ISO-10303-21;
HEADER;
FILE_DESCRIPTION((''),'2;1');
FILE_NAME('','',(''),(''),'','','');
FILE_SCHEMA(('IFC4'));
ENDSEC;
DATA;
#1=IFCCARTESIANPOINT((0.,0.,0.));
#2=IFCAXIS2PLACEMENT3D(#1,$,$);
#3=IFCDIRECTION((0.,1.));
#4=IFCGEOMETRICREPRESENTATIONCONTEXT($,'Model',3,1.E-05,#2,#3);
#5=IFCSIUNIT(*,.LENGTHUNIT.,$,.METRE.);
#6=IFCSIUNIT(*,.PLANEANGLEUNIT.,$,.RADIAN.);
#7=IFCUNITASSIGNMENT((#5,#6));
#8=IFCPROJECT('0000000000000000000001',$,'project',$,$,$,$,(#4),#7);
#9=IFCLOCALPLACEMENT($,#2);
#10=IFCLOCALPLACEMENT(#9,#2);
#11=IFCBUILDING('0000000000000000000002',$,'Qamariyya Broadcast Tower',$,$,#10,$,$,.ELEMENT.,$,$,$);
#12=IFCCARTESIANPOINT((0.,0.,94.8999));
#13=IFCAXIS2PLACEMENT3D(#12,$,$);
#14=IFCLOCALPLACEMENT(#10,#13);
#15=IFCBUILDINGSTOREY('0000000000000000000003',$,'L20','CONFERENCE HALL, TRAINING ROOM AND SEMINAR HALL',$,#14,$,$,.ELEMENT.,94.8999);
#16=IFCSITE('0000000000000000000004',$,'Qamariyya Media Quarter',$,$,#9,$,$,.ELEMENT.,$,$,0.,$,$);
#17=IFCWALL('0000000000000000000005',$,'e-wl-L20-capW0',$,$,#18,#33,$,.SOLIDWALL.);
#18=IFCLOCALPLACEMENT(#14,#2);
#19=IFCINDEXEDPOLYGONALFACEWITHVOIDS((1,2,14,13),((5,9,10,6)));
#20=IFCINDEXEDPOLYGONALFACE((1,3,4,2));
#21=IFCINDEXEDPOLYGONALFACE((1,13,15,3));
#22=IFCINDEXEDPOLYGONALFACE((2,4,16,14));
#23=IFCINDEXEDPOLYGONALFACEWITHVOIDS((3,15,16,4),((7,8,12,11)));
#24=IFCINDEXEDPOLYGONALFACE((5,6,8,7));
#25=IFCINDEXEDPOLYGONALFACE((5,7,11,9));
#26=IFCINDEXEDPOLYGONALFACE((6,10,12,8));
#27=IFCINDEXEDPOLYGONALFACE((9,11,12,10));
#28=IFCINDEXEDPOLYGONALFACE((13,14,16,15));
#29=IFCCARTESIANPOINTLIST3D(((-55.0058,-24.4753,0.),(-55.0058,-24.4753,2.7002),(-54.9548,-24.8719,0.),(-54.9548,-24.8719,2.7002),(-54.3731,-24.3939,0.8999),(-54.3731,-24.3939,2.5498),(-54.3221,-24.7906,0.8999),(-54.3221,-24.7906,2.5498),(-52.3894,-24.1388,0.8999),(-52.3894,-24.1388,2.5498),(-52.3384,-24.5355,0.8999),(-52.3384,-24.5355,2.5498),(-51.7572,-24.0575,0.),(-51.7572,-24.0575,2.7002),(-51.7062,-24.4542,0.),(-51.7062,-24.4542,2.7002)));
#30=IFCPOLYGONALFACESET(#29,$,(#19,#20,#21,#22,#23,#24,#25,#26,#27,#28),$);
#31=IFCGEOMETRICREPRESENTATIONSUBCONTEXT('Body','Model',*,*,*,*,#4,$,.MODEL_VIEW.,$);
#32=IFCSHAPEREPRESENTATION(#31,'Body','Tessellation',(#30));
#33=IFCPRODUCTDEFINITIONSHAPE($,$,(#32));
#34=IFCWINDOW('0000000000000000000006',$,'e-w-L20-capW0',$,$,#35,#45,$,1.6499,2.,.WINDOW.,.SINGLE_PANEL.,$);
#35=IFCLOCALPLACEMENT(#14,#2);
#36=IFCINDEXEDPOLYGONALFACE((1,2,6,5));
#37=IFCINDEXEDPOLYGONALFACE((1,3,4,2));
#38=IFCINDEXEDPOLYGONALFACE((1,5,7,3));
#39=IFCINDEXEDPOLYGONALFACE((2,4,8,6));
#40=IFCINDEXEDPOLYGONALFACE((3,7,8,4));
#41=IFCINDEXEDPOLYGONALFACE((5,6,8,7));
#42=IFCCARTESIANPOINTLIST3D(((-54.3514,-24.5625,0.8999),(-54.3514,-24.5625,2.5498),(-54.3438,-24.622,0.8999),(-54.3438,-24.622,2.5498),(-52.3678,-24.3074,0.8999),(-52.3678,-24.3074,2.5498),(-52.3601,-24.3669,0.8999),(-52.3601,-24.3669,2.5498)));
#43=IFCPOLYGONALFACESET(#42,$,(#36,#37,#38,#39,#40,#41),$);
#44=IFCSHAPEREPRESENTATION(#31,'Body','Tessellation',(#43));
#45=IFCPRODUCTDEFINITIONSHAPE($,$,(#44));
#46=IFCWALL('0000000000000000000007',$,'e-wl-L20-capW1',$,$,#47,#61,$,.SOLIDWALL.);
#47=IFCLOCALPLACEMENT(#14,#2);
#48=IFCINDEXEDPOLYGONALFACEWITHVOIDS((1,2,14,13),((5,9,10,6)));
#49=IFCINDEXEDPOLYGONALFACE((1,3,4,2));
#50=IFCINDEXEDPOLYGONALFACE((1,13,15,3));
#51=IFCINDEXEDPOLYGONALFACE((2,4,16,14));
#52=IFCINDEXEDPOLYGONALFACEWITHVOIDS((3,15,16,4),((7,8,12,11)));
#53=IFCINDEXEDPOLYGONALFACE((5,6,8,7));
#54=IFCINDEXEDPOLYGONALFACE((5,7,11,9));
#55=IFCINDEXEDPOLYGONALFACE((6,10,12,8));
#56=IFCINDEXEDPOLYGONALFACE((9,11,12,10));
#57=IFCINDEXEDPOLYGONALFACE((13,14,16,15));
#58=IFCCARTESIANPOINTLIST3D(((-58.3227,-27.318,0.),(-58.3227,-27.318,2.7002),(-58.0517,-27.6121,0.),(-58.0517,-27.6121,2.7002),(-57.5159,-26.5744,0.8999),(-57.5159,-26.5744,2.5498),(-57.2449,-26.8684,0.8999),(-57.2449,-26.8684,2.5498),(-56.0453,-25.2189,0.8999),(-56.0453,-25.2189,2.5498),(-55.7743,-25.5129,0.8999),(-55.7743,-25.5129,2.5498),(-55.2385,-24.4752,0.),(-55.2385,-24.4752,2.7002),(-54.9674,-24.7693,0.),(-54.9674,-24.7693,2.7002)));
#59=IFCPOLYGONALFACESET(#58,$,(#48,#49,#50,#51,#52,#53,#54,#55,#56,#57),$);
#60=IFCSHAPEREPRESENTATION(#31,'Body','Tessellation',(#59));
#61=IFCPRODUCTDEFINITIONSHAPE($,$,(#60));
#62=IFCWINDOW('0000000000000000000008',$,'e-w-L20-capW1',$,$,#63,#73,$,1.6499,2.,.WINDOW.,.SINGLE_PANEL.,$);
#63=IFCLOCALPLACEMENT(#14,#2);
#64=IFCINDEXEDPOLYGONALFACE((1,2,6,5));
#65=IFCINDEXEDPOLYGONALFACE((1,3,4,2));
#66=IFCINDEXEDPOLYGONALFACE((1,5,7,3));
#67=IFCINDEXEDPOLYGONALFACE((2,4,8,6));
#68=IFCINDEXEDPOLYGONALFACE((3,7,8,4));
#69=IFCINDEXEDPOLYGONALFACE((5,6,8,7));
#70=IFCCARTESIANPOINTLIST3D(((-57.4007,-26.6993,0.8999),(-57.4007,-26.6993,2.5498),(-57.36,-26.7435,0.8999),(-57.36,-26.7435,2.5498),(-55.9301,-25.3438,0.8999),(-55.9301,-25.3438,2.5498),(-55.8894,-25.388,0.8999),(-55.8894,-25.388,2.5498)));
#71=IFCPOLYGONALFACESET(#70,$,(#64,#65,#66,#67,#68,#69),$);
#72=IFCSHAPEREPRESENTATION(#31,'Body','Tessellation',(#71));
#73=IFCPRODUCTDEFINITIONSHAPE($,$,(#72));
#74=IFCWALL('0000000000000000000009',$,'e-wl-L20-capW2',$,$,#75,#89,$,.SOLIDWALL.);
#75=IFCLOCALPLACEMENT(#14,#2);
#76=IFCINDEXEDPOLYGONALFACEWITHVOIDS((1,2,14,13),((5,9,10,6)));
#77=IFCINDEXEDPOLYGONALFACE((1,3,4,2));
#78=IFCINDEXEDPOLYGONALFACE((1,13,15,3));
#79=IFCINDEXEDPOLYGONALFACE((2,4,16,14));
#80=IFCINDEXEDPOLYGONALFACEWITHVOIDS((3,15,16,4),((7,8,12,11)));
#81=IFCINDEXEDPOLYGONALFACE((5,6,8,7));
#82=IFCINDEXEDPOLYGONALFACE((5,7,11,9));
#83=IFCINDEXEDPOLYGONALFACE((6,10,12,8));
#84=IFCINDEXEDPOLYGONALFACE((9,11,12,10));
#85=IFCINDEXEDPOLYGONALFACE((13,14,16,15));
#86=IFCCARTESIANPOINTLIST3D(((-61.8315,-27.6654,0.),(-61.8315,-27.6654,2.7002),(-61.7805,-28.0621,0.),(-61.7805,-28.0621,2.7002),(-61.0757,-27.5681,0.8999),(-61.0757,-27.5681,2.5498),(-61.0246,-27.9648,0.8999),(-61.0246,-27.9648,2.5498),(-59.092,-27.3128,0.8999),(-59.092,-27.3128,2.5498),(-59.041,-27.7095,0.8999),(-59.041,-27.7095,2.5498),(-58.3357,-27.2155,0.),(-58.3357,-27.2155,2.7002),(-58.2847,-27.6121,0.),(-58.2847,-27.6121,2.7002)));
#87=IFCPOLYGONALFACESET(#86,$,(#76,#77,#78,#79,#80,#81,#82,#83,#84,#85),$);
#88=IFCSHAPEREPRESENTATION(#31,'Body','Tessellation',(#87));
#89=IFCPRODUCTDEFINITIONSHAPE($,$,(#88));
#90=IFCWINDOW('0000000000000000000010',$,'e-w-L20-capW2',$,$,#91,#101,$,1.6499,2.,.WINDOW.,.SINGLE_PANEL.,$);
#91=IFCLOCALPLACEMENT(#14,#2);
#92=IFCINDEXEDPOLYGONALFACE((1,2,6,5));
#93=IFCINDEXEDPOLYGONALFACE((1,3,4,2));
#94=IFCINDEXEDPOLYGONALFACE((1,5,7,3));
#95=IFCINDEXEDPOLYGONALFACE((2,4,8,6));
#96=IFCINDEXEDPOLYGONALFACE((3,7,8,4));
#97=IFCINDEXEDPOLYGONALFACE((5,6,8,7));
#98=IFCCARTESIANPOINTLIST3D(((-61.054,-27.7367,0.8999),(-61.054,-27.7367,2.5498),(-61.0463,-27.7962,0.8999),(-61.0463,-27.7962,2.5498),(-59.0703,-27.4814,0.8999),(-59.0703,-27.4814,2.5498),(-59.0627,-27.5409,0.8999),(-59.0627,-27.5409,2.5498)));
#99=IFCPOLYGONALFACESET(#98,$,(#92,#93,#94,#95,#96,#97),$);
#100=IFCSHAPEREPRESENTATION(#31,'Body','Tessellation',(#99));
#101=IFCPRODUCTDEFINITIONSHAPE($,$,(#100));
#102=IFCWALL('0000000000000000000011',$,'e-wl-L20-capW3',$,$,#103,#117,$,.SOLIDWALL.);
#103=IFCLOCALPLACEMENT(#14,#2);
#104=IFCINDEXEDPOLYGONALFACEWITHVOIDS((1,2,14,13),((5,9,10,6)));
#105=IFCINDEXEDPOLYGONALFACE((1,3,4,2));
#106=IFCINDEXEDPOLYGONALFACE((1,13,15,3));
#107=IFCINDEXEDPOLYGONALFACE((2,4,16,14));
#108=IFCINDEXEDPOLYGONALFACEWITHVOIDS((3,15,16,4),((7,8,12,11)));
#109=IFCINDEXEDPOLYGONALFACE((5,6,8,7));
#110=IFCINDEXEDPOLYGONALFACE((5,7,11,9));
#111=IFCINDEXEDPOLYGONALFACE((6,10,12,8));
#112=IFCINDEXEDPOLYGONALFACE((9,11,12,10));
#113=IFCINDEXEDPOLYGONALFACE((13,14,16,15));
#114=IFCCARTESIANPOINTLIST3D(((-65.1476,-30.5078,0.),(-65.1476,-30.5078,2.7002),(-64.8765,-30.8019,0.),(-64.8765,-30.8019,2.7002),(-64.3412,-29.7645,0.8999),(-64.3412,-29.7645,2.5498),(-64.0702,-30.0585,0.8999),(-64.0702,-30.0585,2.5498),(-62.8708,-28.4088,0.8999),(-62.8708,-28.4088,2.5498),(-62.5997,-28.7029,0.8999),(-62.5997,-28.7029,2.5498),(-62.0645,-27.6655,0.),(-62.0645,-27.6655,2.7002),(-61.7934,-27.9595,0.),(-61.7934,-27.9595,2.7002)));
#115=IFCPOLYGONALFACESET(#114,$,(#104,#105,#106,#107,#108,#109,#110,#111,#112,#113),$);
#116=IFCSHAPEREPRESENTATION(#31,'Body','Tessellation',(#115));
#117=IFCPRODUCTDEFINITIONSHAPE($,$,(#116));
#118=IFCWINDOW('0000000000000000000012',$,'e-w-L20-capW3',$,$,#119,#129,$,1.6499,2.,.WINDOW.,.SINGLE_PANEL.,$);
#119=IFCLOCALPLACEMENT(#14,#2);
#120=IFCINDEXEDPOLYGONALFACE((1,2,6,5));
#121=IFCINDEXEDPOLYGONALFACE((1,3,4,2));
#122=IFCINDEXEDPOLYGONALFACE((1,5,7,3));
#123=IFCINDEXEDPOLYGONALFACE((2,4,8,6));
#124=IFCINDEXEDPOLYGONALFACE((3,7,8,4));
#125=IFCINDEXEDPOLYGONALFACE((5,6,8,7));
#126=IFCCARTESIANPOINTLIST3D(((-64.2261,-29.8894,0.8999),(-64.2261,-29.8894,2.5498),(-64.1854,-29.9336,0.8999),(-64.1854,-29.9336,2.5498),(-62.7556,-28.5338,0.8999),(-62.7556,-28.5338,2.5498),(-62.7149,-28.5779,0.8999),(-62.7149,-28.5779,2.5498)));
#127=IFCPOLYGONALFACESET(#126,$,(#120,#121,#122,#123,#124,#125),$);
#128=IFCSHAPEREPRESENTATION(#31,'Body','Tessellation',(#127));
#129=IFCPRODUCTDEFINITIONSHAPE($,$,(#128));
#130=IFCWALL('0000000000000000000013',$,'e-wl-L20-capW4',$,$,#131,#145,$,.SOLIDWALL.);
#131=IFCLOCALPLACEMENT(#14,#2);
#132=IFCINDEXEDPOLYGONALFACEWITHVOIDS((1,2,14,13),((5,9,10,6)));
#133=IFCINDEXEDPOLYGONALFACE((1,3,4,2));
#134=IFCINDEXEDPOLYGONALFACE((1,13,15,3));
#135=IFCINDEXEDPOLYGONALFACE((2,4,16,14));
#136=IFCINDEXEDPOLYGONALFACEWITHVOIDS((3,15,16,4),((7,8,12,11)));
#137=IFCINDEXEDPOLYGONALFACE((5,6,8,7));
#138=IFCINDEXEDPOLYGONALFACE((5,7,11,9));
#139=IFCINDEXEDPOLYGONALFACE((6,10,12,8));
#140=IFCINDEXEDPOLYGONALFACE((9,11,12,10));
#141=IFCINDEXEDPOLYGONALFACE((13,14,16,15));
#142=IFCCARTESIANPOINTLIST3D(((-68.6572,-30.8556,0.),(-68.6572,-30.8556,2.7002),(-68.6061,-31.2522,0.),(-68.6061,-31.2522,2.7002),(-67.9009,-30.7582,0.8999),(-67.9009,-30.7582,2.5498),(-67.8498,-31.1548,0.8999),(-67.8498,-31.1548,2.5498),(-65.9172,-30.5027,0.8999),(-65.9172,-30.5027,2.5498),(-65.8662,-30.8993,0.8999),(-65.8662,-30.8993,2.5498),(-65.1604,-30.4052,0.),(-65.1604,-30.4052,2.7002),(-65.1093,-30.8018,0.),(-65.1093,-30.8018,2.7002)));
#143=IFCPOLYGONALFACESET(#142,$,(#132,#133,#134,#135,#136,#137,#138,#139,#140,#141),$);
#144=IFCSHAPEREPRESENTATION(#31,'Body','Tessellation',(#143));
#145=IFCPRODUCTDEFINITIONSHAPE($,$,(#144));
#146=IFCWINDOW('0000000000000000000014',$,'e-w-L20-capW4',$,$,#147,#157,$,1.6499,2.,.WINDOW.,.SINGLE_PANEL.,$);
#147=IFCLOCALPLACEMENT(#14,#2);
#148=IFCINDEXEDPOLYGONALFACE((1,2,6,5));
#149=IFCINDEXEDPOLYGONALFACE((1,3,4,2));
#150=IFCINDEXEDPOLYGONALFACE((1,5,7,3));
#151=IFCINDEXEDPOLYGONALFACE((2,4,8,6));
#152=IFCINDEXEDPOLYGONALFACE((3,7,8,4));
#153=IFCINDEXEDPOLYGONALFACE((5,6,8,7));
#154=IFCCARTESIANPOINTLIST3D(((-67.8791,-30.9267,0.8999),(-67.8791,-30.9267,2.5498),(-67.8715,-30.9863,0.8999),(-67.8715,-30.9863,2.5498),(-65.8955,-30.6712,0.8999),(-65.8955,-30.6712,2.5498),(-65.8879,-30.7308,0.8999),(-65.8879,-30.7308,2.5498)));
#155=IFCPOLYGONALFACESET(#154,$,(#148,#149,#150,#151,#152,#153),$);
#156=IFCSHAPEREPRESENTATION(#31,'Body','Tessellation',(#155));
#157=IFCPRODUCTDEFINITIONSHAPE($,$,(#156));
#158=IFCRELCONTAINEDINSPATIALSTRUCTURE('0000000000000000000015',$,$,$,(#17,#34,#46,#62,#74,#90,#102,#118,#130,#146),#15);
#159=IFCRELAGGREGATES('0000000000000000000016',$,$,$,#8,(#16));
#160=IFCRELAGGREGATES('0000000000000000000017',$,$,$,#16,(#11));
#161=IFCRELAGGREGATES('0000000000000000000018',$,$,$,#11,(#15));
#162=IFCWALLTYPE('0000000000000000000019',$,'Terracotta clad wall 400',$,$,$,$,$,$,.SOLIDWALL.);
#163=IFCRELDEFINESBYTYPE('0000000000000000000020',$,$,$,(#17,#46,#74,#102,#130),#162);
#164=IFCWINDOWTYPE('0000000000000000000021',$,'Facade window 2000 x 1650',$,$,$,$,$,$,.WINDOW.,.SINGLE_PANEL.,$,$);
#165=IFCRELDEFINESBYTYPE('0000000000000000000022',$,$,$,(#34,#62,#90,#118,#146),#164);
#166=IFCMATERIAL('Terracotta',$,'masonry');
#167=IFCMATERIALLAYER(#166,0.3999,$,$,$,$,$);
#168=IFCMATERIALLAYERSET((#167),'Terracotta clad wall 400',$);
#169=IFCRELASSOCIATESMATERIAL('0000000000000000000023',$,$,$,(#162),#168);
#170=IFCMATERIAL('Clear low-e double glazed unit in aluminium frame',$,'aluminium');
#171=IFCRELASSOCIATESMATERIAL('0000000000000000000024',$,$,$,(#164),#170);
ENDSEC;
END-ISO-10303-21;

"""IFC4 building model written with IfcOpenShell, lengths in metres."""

from ifc_helpers import new_model, si_unit, direction, frame, frame_2d, origin, place, context, subcontext, project, spatial, rectangle, extrude, material, layer, layer_set, type_object, element, fill, save


model = new_model("IFC4")

# Units and contexts
model_context = context("Model", 3, precision=1e-05, world=origin(), true_north=direction((0.0, 1.0)))
body_context = subcontext(model_context, "Body", "Model", "MODEL_VIEW")
ifc_project = project(units=[si_unit("LENGTHUNIT", "METRE"), si_unit("PLANEANGLEUNIT", "RADIAN")], contexts=[model_context])

# Site, building, storey
site_placement = place(None, origin())
site = spatial("IfcSite", under=ifc_project, at=site_placement, Name="Qamariyya Media Quarter", CompositionType="ELEMENT", RefElevation=0.0)
building_placement = place(site_placement, origin())
building = spatial("IfcBuilding", under=site, at=building_placement, Name="Qamariyya Broadcast Tower", CompositionType="ELEMENT")
storey_placement = place(building_placement, frame((0.0, 0.0, 94.8999)))
storey = spatial("IfcBuildingStorey", under=building, at=storey_placement, Name="L20", Description="CONFERENCE HALL, TRAINING ROOM AND SEMINAR HALL", CompositionType="ELEMENT", Elevation=94.8999)

# Walls, openings, windows
ifc_material_1 = material(Name="Terracotta", Category="masonry")
ifc_layer_1 = layer(ifc_material_1, 0.3999)
ifc_layer_set_1 = layer_set([ifc_layer_1], Name="Terracotta clad wall 400")
wall_type_1 = type_object("IfcWallType", Name="Terracotta clad wall 400", PredefinedType="SOLIDWALL", material=ifc_layer_set_1)
wall_1_placement = place(storey_placement, frame((-51.7317, -24.2559, 0.0), z_axis=(0.0, 0.0, 1.0), x_axis=(-0.991834, -0.127539, 0.0)))
wall_1 = element("IfcWall", 1, at=wall_1_placement, inside=storey, type_object=wall_type_1, Name="e-wl-L20-capW0", PredefinedType="SOLIDWALL", context=body_context, shape_type="SweptSolid", body=[
    extrude(rectangle(XDim=3.2754, YDim=0.3999, at=frame_2d((1.6377, 0.0))), origin(), (0.0, 0.0, 1.0), 2.7002),
])
opening_1_placement = place(wall_1_placement, frame((0.6375, 0.0, 0.8999)))
opening_1 = element("IfcOpeningElement", 2, at=opening_1_placement, cuts=wall_1, PredefinedType="OPENING", context=body_context, shape_type="SweptSolid", body=[
    extrude(rectangle(XDim=2.0, YDim=1.6499, at=frame_2d((1.0, 0.825))), frame((0.0, 0.21, 0.0), z_axis=(0.0, -1.0, 0.0), x_axis=(1.0, 0.0, 0.0)), (0.0, 0.0, 1.0), 0.4199),
])
ifc_material_2 = material(Name="Clear low-e double glazed unit in aluminium frame", Category="aluminium")
window_type_1 = type_object("IfcWindowType", Name="Facade window 2000 x 1650", PartitioningType="SINGLE_PANEL", PredefinedType="WINDOW", material=ifc_material_2)
window_1_placement = place(opening_1_placement, origin())
window_1 = element("IfcWindow", 3, at=window_1_placement, inside=storey, type_object=window_type_1, Name="e-w-L20-capW0", OverallHeight=1.6499, OverallWidth=2.0, PartitioningType="SINGLE_PANEL", PredefinedType="WINDOW", context=body_context, shape_type="SweptSolid", body=[
    extrude(rectangle(XDim=2.0, YDim=1.6499, at=frame_2d((1.0, 0.825))), frame((0.0, 0.03, 0.0), z_axis=(0.0, -1.0, 0.0), x_axis=(1.0, 0.0, 0.0)), (0.0, 0.0, 1.0), 0.0601),
])
fill(opening_1, window_1)
wall_2_placement = place(storey_placement, frame((-55.103, -24.6223, 0.0), z_axis=(0.0, 0.0, 1.0), x_axis=(-0.735303, -0.677738, 0.0)))
wall_2 = element("IfcWall", 4, at=wall_2_placement, inside=storey, type_object=wall_type_1, Name="e-wl-L20-capW1", PredefinedType="SOLIDWALL", context=body_context, shape_type="SweptSolid", body=[
    extrude(rectangle(XDim=4.1946, YDim=0.3999, at=frame_2d((2.0972, 0.0))), origin(), (0.0, 0.0, 1.0), 2.7002),
])
opening_2_placement = place(wall_2_placement, frame((1.0972, 0.0, 0.8999)))
opening_2 = element("IfcOpeningElement", 5, at=opening_2_placement, cuts=wall_2, PredefinedType="OPENING", context=body_context, shape_type="SweptSolid", body=[
    extrude(rectangle(XDim=2.0, YDim=1.6499, at=frame_2d((1.0, 0.825))), frame((0.0, 0.21, 0.0), z_axis=(0.0, -1.0, 0.0), x_axis=(1.0, 0.0, 0.0)), (0.0, 0.0, 1.0), 0.4199),
])
window_2_placement = place(opening_2_placement, origin())
window_2 = element("IfcWindow", 6, at=window_2_placement, inside=storey, type_object=window_type_1, Name="e-w-L20-capW1", OverallHeight=1.6499, OverallWidth=2.0, PartitioningType="SINGLE_PANEL", PredefinedType="WINDOW", context=body_context, shape_type="SweptSolid", body=[
    extrude(rectangle(XDim=2.0, YDim=1.6499, at=frame_2d((1.0, 0.825))), frame((0.0, 0.03, 0.0), z_axis=(0.0, -1.0, 0.0), x_axis=(1.0, 0.0, 0.0)), (0.0, 0.0, 1.0), 0.0601),
])
fill(opening_2, window_2)
wall_3_placement = place(storey_placement, frame((-58.3103, -27.4138, 0.0), z_axis=(0.0, 0.0, 1.0), x_axis=(-0.991818, -0.127657, 0.0)))
wall_3 = element("IfcWall", 7, at=wall_3_placement, inside=storey, type_object=wall_type_1, Name="e-wl-L20-capW2", PredefinedType="SOLIDWALL", context=body_context, shape_type="SweptSolid", body=[
    extrude(rectangle(XDim=3.5247, YDim=0.3999, at=frame_2d((1.7622, 0.0))), origin(), (0.0, 0.0, 1.0), 2.7002),
])
opening_3_placement = place(wall_3_placement, frame((0.7625, 0.0, 0.8999)))
opening_3 = element("IfcOpeningElement", 8, at=opening_3_placement, cuts=wall_3, PredefinedType="OPENING", context=body_context, shape_type="SweptSolid", body=[
    extrude(rectangle(XDim=2.0, YDim=1.6499, at=frame_2d((1.0, 0.825))), frame((0.0, 0.21, 0.0), z_axis=(0.0, -1.0, 0.0), x_axis=(1.0, 0.0, 0.0)), (0.0, 0.0, 1.0), 0.4199),
])
window_3_placement = place(opening_3_placement, origin())
window_3 = element("IfcWindow", 9, at=window_3_placement, inside=storey, type_object=window_type_1, Name="e-w-L20-capW2", OverallHeight=1.6499, OverallWidth=2.0, PartitioningType="SINGLE_PANEL", PredefinedType="WINDOW", context=body_context, shape_type="SweptSolid", body=[
    extrude(rectangle(XDim=2.0, YDim=1.6499, at=frame_2d((1.0, 0.825))), frame((0.0, 0.03, 0.0), z_axis=(0.0, -1.0, 0.0), x_axis=(1.0, 0.0, 0.0)), (0.0, 0.0, 1.0), 0.0601),
])
fill(opening_3, window_3)
wall_4_placement = place(storey_placement, frame((-61.929, -27.8125, 0.0), z_axis=(0.0, 0.0, 1.0), x_axis=(-0.735227, -0.677821, 0.0)))
wall_4 = element("IfcWall", 10, at=wall_4_placement, inside=storey, type_object=wall_type_1, Name="e-wl-L20-capW3", PredefinedType="SOLIDWALL", context=body_context, shape_type="SweptSolid", body=[
    extrude(rectangle(XDim=4.1934, YDim=0.3999, at=frame_2d((2.0967, 0.0))), origin(), (0.0, 0.0, 1.0), 2.7002),
])
opening_4_placement = place(wall_4_placement, frame((1.0967, 0.0, 0.8999)))
opening_4 = element("IfcOpeningElement", 11, at=opening_4_placement, cuts=wall_4, PredefinedType="OPENING", context=body_context, shape_type="SweptSolid", body=[
    extrude(rectangle(XDim=2.0, YDim=1.6499, at=frame_2d((1.0, 0.825))), frame((0.0, 0.21, 0.0), z_axis=(0.0, -1.0, 0.0), x_axis=(1.0, 0.0, 0.0)), (0.0, 0.0, 1.0), 0.4199),
])
window_4_placement = place(opening_4_placement, origin())
window_4 = element("IfcWindow", 12, at=window_4_placement, inside=storey, type_object=window_type_1, Name="e-w-L20-capW3", OverallHeight=1.6499, OverallWidth=2.0, PartitioningType="SINGLE_PANEL", PredefinedType="WINDOW", context=body_context, shape_type="SweptSolid", body=[
    extrude(rectangle(XDim=2.0, YDim=1.6499, at=frame_2d((1.0, 0.825))), frame((0.0, 0.03, 0.0), z_axis=(0.0, -1.0, 0.0), x_axis=(1.0, 0.0, 0.0)), (0.0, 0.0, 1.0), 0.0601),
])
fill(opening_4, window_4)
wall_5_placement = place(storey_placement, frame((-65.135, -30.6035, 0.0), z_axis=(0.0, 0.0, 1.0), x_axis=(-0.991805, -0.127758, 0.0)))
wall_5 = element("IfcWall", 13, at=wall_5_placement, inside=storey, type_object=wall_type_1, Name="e-wl-L20-capW4", PredefinedType="SOLIDWALL", context=body_context, shape_type="SweptSolid", body=[
    extrude(rectangle(XDim=3.5256, YDim=0.3999, at=frame_2d((1.7627, 0.0))), origin(), (0.0, 0.0, 1.0), 2.7002),
])
opening_5_placement = place(wall_5_placement, frame((0.7629, 0.0, 0.8999)))
opening_5 = element("IfcOpeningElement", 14, at=opening_5_placement, cuts=wall_5, PredefinedType="OPENING", context=body_context, shape_type="SweptSolid", body=[
    extrude(rectangle(XDim=2.0, YDim=1.6499, at=frame_2d((1.0, 0.825))), frame((0.0, 0.21, 0.0), z_axis=(0.0, -1.0, 0.0), x_axis=(1.0, 0.0, 0.0)), (0.0, 0.0, 1.0), 0.4199),
])
window_5_placement = place(opening_5_placement, origin())
window_5 = element("IfcWindow", 15, at=window_5_placement, inside=storey, type_object=window_type_1, Name="e-w-L20-capW4", OverallHeight=1.6499, OverallWidth=2.0, PartitioningType="SINGLE_PANEL", PredefinedType="WINDOW", context=body_context, shape_type="SweptSolid", body=[
    extrude(rectangle(XDim=2.0, YDim=1.6499, at=frame_2d((1.0, 0.825))), frame((0.0, 0.03, 0.0), z_axis=(0.0, -1.0, 0.0), x_axis=(1.0, 0.0, 0.0)), (0.0, 0.0, 1.0), 0.0601),
])
fill(opening_5, window_5)

save(model, "model.ifc")
